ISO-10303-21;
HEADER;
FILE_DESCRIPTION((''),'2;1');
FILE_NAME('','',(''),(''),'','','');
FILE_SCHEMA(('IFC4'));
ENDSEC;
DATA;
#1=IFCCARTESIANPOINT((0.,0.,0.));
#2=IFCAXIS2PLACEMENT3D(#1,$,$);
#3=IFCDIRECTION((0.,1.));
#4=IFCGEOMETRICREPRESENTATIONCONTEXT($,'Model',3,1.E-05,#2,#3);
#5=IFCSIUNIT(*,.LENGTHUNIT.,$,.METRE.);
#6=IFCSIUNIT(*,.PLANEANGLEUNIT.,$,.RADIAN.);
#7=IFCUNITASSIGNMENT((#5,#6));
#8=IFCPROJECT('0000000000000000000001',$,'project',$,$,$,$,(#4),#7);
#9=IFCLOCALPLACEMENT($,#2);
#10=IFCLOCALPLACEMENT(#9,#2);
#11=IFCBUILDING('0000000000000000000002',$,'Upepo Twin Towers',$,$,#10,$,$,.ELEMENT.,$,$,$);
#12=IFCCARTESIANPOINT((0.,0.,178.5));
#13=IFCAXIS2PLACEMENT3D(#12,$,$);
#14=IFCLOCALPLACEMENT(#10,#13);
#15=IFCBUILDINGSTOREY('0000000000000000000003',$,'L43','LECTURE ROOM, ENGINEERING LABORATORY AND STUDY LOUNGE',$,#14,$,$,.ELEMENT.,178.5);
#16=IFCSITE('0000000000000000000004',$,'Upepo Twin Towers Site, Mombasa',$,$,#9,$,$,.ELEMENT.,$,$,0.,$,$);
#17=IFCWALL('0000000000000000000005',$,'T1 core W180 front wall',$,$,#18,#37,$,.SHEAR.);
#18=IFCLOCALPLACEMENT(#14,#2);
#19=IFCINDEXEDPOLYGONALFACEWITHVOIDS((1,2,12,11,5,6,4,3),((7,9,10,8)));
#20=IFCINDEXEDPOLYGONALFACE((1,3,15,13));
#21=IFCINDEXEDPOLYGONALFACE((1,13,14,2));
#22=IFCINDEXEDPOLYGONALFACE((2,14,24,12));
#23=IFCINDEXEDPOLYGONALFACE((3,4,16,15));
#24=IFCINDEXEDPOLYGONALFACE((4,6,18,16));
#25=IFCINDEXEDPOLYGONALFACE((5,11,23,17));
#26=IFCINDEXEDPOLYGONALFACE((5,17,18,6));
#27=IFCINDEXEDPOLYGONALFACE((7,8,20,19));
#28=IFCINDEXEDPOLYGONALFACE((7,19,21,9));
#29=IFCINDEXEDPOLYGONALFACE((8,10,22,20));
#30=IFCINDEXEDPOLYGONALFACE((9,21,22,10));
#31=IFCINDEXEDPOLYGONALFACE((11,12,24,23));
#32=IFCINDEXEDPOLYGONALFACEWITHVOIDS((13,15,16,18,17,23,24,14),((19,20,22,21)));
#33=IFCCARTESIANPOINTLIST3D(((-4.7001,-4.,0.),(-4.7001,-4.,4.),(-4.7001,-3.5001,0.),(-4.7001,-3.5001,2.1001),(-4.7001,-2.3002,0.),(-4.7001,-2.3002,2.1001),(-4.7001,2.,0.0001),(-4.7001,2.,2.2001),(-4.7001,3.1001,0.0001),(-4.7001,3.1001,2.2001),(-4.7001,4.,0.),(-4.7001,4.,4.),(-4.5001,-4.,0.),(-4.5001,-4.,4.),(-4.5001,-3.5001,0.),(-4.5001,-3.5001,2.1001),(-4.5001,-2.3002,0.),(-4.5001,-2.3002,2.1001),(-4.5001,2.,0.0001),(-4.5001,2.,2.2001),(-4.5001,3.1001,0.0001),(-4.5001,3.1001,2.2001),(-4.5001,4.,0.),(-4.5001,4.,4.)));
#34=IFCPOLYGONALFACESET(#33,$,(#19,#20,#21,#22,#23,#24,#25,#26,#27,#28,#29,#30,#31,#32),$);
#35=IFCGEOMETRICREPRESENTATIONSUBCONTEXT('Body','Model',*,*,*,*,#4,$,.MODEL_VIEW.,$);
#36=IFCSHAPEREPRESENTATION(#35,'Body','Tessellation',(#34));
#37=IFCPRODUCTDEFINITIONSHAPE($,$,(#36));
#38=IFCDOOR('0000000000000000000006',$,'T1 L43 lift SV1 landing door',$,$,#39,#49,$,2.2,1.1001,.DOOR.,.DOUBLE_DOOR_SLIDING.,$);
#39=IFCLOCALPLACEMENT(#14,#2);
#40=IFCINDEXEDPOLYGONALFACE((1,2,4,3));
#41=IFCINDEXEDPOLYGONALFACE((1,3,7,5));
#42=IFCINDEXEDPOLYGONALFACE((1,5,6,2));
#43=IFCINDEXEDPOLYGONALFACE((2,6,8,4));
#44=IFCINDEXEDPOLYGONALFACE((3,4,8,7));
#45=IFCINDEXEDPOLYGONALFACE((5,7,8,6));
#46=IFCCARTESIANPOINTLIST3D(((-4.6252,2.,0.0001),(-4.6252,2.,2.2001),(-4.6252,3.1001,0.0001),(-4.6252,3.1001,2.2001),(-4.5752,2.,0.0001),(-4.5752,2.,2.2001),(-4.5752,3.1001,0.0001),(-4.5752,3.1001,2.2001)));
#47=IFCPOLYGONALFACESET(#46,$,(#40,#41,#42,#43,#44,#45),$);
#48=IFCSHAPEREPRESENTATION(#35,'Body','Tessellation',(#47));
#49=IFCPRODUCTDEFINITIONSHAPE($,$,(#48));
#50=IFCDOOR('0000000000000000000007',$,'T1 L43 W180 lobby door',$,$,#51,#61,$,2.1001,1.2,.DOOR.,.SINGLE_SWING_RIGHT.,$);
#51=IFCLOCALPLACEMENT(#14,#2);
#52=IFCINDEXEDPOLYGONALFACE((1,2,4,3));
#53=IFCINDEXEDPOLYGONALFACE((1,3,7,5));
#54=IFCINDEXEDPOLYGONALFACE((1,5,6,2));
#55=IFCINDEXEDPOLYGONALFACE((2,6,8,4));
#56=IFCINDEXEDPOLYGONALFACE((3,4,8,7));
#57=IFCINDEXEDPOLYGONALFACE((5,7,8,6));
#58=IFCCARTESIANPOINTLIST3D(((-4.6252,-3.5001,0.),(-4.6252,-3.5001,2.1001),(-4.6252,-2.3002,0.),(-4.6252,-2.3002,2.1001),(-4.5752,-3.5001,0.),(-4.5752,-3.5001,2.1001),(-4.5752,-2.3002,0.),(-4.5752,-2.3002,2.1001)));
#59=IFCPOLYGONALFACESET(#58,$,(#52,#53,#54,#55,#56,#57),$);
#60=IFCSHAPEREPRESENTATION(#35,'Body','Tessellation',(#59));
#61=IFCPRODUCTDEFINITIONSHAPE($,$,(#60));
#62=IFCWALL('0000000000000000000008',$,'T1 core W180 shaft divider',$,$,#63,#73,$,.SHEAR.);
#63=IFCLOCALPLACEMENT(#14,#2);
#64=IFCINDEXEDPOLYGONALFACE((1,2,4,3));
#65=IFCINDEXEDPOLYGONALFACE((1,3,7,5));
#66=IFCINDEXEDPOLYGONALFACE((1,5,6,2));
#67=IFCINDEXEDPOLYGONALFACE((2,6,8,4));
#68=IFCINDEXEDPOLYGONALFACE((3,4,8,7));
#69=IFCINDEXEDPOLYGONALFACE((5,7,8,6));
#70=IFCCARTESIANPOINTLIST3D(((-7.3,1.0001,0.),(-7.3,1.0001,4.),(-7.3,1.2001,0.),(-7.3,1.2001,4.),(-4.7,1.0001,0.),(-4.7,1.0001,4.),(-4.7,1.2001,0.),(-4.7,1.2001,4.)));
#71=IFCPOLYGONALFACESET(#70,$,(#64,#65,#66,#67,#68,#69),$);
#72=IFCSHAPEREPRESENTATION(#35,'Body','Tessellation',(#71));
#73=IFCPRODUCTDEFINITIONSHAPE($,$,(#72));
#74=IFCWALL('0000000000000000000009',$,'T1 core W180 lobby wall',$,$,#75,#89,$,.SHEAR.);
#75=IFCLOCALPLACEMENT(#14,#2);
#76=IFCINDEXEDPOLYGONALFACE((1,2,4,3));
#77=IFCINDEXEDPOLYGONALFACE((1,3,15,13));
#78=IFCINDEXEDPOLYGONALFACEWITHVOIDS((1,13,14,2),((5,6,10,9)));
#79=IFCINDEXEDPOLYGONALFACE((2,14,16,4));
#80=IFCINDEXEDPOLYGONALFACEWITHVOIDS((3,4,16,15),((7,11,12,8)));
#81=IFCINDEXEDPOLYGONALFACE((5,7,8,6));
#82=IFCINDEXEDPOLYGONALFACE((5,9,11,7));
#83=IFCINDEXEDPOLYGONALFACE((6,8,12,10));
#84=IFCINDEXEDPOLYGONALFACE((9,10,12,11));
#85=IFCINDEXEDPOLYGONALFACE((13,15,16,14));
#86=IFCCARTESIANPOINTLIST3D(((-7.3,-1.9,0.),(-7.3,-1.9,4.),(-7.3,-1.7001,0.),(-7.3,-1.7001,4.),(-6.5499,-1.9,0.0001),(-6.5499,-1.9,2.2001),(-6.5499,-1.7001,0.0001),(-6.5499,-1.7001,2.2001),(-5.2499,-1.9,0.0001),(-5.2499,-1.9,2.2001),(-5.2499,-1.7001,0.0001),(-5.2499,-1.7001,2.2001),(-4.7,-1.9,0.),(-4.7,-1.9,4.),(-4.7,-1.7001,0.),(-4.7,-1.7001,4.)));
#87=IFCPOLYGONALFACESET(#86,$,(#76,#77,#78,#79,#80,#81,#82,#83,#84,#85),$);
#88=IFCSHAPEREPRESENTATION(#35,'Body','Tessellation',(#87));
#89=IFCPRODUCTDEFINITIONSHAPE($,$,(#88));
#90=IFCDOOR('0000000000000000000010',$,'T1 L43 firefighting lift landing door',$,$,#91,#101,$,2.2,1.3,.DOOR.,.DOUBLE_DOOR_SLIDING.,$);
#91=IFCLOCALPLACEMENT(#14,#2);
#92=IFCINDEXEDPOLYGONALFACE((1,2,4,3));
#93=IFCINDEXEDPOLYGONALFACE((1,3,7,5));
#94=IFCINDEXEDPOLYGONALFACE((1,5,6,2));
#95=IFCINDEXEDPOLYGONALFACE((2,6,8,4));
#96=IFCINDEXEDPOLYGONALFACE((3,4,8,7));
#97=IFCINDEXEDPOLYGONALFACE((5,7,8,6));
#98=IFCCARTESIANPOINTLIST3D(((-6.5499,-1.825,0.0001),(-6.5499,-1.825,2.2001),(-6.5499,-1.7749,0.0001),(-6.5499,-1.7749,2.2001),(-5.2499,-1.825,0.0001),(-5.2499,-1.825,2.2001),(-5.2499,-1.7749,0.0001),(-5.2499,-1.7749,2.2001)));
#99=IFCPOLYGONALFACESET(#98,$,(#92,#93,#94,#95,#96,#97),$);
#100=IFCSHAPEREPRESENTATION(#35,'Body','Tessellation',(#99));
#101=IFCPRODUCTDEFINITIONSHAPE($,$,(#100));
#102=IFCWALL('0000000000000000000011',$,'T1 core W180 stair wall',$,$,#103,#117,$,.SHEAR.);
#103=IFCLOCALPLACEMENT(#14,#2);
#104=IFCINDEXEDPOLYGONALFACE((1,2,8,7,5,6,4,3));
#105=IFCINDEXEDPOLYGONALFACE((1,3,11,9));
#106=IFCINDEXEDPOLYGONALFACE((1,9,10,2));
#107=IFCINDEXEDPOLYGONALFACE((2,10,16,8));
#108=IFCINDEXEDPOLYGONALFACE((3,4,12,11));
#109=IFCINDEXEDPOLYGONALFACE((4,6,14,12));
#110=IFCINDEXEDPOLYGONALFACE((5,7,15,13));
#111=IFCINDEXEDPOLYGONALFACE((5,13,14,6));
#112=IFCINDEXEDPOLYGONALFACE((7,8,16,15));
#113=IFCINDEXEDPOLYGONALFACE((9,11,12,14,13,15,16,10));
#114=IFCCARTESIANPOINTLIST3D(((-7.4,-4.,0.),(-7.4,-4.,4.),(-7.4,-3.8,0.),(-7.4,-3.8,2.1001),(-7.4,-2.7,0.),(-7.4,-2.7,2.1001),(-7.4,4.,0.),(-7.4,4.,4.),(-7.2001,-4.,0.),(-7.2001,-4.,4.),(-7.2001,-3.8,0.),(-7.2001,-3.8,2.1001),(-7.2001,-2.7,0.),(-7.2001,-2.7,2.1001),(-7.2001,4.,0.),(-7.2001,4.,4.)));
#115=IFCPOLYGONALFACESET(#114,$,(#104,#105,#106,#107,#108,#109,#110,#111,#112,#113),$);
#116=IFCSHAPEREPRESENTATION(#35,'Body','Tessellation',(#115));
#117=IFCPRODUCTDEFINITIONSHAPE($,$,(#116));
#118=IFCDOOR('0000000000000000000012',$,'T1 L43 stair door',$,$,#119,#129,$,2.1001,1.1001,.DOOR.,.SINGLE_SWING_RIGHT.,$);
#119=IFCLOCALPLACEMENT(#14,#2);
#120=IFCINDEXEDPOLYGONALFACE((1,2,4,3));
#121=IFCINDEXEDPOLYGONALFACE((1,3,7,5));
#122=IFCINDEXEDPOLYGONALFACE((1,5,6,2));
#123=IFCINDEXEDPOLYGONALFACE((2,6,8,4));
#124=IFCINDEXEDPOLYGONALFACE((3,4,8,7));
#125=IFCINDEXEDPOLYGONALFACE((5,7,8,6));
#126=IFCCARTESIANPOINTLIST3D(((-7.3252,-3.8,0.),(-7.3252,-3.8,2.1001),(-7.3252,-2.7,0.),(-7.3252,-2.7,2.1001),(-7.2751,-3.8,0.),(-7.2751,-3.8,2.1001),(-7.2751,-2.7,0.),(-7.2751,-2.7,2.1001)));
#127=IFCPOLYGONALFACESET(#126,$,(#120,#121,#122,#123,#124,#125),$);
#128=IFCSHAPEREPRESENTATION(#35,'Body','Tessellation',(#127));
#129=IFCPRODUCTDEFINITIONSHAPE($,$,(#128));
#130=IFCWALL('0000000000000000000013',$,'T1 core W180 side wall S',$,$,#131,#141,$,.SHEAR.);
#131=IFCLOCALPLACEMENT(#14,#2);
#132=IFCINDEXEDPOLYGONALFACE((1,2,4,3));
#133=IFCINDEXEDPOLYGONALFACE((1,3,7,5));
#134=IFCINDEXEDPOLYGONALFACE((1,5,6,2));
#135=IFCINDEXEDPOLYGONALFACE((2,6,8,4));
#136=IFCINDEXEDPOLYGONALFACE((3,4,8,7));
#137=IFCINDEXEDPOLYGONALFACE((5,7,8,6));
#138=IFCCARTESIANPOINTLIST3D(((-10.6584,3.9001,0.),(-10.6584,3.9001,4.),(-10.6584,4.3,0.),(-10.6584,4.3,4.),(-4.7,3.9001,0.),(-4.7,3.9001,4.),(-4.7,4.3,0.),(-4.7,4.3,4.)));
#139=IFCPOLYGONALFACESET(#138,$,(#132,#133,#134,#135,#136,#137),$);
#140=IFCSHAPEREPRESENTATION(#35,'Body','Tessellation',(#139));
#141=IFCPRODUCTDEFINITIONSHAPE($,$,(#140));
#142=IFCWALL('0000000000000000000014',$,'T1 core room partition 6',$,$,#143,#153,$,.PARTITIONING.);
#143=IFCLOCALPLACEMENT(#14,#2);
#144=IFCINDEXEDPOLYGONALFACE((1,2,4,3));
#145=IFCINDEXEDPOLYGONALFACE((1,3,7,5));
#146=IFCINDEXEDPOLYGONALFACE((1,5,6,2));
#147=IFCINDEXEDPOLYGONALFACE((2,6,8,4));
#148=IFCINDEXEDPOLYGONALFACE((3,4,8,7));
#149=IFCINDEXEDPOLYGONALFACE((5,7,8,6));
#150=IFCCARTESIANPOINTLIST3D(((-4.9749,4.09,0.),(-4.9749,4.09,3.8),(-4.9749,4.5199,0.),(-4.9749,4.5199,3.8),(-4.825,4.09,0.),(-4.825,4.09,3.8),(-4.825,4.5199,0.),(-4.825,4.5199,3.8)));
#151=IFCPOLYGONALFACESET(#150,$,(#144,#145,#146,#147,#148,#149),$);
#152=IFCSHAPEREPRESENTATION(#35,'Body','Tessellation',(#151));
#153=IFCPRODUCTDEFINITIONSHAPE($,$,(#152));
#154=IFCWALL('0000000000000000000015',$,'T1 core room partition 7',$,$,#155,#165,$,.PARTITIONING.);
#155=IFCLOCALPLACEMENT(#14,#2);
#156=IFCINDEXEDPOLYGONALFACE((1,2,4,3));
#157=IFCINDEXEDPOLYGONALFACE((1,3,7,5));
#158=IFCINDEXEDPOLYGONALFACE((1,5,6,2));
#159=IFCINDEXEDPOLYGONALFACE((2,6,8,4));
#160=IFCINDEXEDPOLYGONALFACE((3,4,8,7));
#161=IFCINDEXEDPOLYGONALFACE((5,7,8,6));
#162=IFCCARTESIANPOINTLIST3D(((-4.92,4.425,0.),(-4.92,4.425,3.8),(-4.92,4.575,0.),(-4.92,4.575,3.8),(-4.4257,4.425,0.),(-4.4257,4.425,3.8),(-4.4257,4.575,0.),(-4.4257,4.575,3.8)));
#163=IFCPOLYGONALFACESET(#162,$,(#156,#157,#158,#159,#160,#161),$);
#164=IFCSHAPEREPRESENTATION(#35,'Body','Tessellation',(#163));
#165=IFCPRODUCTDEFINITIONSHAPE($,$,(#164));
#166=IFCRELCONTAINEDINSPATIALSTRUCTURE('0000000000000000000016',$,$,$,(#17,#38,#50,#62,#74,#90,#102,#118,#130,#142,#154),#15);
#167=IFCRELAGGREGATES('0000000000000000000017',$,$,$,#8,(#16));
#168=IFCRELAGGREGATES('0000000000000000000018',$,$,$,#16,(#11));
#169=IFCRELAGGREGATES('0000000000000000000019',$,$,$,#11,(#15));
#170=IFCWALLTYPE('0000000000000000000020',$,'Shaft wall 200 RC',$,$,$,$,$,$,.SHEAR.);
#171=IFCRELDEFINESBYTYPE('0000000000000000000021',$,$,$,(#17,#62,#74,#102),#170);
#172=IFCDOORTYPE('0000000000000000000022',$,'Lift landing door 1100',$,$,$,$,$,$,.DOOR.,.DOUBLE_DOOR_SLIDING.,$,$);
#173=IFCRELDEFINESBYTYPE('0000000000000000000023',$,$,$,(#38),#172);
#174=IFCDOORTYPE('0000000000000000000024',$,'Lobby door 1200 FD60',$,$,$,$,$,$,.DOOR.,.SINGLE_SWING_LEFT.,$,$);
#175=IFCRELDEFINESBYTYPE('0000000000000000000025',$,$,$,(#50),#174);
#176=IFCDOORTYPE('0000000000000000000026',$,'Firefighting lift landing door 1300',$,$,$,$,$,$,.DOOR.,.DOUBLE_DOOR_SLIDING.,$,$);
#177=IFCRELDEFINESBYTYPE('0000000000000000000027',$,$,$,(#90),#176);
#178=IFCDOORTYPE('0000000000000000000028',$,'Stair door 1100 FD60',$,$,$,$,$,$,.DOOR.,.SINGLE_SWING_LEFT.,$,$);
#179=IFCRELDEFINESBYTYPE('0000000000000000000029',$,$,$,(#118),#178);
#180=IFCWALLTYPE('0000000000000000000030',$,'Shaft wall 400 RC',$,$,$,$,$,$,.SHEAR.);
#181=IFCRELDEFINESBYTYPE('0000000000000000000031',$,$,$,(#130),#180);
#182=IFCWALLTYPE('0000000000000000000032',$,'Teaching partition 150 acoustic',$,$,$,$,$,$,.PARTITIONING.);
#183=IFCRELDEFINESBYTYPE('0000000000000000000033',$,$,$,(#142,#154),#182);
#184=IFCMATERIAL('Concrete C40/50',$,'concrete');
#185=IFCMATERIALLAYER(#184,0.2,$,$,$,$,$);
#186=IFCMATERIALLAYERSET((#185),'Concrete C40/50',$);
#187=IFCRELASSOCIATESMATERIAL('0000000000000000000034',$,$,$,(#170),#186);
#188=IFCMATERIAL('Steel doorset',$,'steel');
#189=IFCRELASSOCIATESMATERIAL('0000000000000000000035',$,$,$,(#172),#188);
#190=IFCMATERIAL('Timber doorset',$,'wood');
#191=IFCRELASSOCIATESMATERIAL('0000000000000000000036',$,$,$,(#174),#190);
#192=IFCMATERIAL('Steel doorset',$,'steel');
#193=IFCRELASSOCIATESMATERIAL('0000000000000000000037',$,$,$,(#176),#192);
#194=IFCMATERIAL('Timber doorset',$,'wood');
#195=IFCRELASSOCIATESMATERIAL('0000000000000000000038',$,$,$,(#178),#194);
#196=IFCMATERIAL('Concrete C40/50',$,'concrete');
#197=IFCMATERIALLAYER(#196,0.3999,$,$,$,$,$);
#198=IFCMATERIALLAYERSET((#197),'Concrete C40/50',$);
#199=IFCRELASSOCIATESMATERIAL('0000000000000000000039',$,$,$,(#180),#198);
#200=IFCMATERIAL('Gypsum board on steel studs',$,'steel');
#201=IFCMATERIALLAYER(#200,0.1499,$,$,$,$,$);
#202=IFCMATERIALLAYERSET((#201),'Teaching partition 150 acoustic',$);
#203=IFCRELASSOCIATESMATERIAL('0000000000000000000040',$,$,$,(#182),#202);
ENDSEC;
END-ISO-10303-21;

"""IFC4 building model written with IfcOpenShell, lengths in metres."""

from ifc_helpers import new_model, si_unit, direction, frame, frame_2d, origin, place, context, subcontext, project, spatial, rectangle, extrude, material, layer, layer_set, type_object, element, fill, save


model = new_model("IFC4")

# Units and contexts
model_context = context("Model", 3, precision=1e-05, world=origin(), true_north=direction((0.0, 1.0)))
body_context = subcontext(model_context, "Body", "Model", "MODEL_VIEW")
ifc_project = project(units=[si_unit("LENGTHUNIT", "METRE"), si_unit("PLANEANGLEUNIT", "RADIAN")], contexts=[model_context])

# Site, building, storey
site_placement = place(None, origin())
site = spatial("IfcSite", under=ifc_project, at=site_placement, Name="Upepo Twin Towers Site, Mombasa", CompositionType="ELEMENT", RefElevation=0.0)
building_placement = place(site_placement, origin())
building = spatial("IfcBuilding", under=site, at=building_placement, Name="Upepo Twin Towers", CompositionType="ELEMENT")
storey_placement = place(building_placement, frame((0.0, 0.0, 178.5)))
storey = spatial("IfcBuildingStorey", under=building, at=storey_placement, Name="L43", Description="LECTURE ROOM, ENGINEERING LABORATORY AND STUDY LOUNGE", CompositionType="ELEMENT", Elevation=178.5)

# Wall, openings, doors
ifc_material_1 = material(Name="Concrete C40/50", Category="concrete")
ifc_layer_1 = layer(ifc_material_1, 0.2)
ifc_layer_set_1 = layer_set([ifc_layer_1], Name="Concrete C40/50")
wall_type_1 = type_object("IfcWallType", Name="Shaft wall 200 RC", PredefinedType="SHEAR", material=ifc_layer_set_1)
wall_1_placement = place(storey_placement, frame((-4.6001, 4.0, 0.0), z_axis=(0.0, 0.0, 1.0), x_axis=(0.0, -1.0, 0.0)))
wall_1 = element("IfcWall", 1, at=wall_1_placement, inside=storey, type_object=wall_type_1, Name="T1 core W180 front wall", PredefinedType="SHEAR", context=body_context, shape_type="SweptSolid", body=[
    extrude(rectangle(XDim=8.0, YDim=0.2, at=frame_2d((4.0, 0.0))), origin(), (0.0, 0.0, 1.0), 4.0),
])
opening_1_placement = place(wall_1_placement, frame((6.3, 0.0, 0.0)))
opening_1 = element("IfcOpeningElement", 2, at=opening_1_placement, cuts=wall_1, PredefinedType="OPENING", context=body_context, shape_type="SweptSolid", body=[
    extrude(rectangle(XDim=1.2, YDim=2.1001, at=frame_2d((0.6001, 1.05))), frame((0.0, 0.1099, 0.0), z_axis=(0.0, -1.0, 0.0), x_axis=(1.0, 0.0, 0.0)), (0.0, 0.0, 1.0), 0.22),
])
opening_2_placement = place(wall_1_placement, frame((0.8999, 0.0, 0.0)))
opening_2 = element("IfcOpeningElement", 3, at=opening_2_placement, cuts=wall_1, PredefinedType="OPENING", context=body_context, shape_type="SweptSolid", body=[
    extrude(rectangle(XDim=1.1001, YDim=2.2, at=frame_2d((0.55, 1.1001))), frame((0.0, 0.1099, 0.0), z_axis=(0.0, -1.0, 0.0), x_axis=(1.0, 0.0, 0.0)), (0.0, 0.0, 1.0), 0.22),
])
ifc_material_2 = material(Name="Steel doorset", Category="steel")
door_type_1 = type_object("IfcDoorType", Name="Lift landing door 1100", OperationType="DOUBLE_DOOR_SLIDING", PredefinedType="DOOR", material=ifc_material_2)
door_1_placement = place(opening_2_placement, origin())
door_1 = element("IfcDoor", 4, at=door_1_placement, inside=storey, type_object=door_type_1, Name="T1 L43 lift SV1 landing door", OperationType="DOUBLE_DOOR_SLIDING", OverallHeight=2.2, OverallWidth=1.1001, PredefinedType="DOOR", context=body_context, shape_type="SweptSolid", body=[
    extrude(rectangle(XDim=1.1001, YDim=2.2, at=frame_2d((0.55, 1.1001))), frame((0.0, 0.0249, 0.0), z_axis=(0.0, -1.0, 0.0), x_axis=(1.0, 0.0, 0.0)), (0.0, 0.0, 1.0), 0.05),
])
fill(opening_2, door_1)
ifc_material_3 = material(Name="Timber doorset", Category="wood")
door_type_2 = type_object("IfcDoorType", Name="Lobby door 1200 FD60", OperationType="SINGLE_SWING_LEFT", PredefinedType="DOOR", material=ifc_material_3)
door_2_placement = place(opening_1_placement, origin())
door_2 = element("IfcDoor", 5, at=door_2_placement, inside=storey, type_object=door_type_2, Name="T1 L43 W180 lobby door", OperationType="SINGLE_SWING_RIGHT", OverallHeight=2.1001, OverallWidth=1.2, PredefinedType="DOOR", context=body_context, shape_type="SweptSolid", body=[
    extrude(rectangle(XDim=1.2, YDim=2.1001, at=frame_2d((0.6001, 1.05))), frame((0.0, 0.0249, 0.0), z_axis=(0.0, -1.0, 0.0), x_axis=(1.0, 0.0, 0.0)), (0.0, 0.0, 1.0), 0.05),
])
fill(opening_1, door_2)

# Wall
wall_2_placement = place(storey_placement, frame((-4.7, 1.1001, 0.0), z_axis=(0.0, 0.0, 1.0), x_axis=(-1.0, 0.0, 0.0)))
element("IfcWall", 6, at=wall_2_placement, inside=storey, type_object=wall_type_1, Name="T1 core W180 shaft divider", PredefinedType="SHEAR", context=body_context, shape_type="SweptSolid", body=[
    extrude(rectangle(XDim=2.6001, YDim=0.2, at=frame_2d((1.3, 0.0))), origin(), (0.0, 0.0, 1.0), 4.0),
])

# Walls, openings, doors
wall_3_placement = place(storey_placement, frame((-4.7, -1.8, 0.0), z_axis=(0.0, 0.0, 1.0), x_axis=(-1.0, 0.0, 0.0)))
wall_3 = element("IfcWall", 7, at=wall_3_placement, inside=storey, type_object=wall_type_1, Name="T1 core W180 lobby wall", PredefinedType="SHEAR", context=body_context, shape_type="SweptSolid", body=[
    extrude(rectangle(XDim=2.6001, YDim=0.2, at=frame_2d((1.3, 0.0))), origin(), (0.0, 0.0, 1.0), 4.0),
])
opening_3_placement = place(wall_3_placement, frame((0.55, 0.0, 0.0)))
opening_3 = element("IfcOpeningElement", 8, at=opening_3_placement, cuts=wall_3, PredefinedType="OPENING", context=body_context, shape_type="SweptSolid", body=[
    extrude(rectangle(XDim=1.3, YDim=2.2, at=frame_2d((0.6499, 1.1001))), frame((0.0, 0.1099, 0.0), z_axis=(0.0, -1.0, 0.0), x_axis=(1.0, 0.0, 0.0)), (0.0, 0.0, 1.0), 0.22),
])
ifc_material_4 = material(Name="Steel doorset", Category="steel")
door_type_3 = type_object("IfcDoorType", Name="Firefighting lift landing door 1300", OperationType="DOUBLE_DOOR_SLIDING", PredefinedType="DOOR", material=ifc_material_4)
door_3_placement = place(opening_3_placement, origin())
door_3 = element("IfcDoor", 9, at=door_3_placement, inside=storey, type_object=door_type_3, Name="T1 L43 firefighting lift landing door", OperationType="DOUBLE_DOOR_SLIDING", OverallHeight=2.2, OverallWidth=1.3, PredefinedType="DOOR", context=body_context, shape_type="SweptSolid", body=[
    extrude(rectangle(XDim=1.3, YDim=2.2, at=frame_2d((0.6499, 1.1001))), frame((0.0, 0.0249, 0.0), z_axis=(0.0, -1.0, 0.0), x_axis=(1.0, 0.0, 0.0)), (0.0, 0.0, 1.0), 0.05),
])
fill(opening_3, door_3)
wall_4_placement = place(storey_placement, frame((-7.3, 4.0, 0.0), z_axis=(0.0, 0.0, 1.0), x_axis=(0.0, -1.0, 0.0)))
wall_4 = element("IfcWall", 10, at=wall_4_placement, inside=storey, type_object=wall_type_1, Name="T1 core W180 stair wall", PredefinedType="SHEAR", context=body_context, shape_type="SweptSolid", body=[
    extrude(rectangle(XDim=8.0, YDim=0.2, at=frame_2d((4.0, 0.0))), origin(), (0.0, 0.0, 1.0), 4.0),
])
opening_4_placement = place(wall_4_placement, frame((6.7, 0.0, 0.0)))
opening_4 = element("IfcOpeningElement", 11, at=opening_4_placement, cuts=wall_4, PredefinedType="OPENING", context=body_context, shape_type="SweptSolid", body=[
    extrude(rectangle(XDim=1.1001, YDim=2.1001, at=frame_2d((0.55, 1.05))), frame((0.0, 0.1099, 0.0), z_axis=(0.0, -1.0, 0.0), x_axis=(1.0, 0.0, 0.0)), (0.0, 0.0, 1.0), 0.22),
])
ifc_material_5 = material(Name="Timber doorset", Category="wood")
door_type_4 = type_object("IfcDoorType", Name="Stair door 1100 FD60", OperationType="SINGLE_SWING_LEFT", PredefinedType="DOOR", material=ifc_material_5)
door_4_placement = place(opening_4_placement, origin())
door_4 = element("IfcDoor", 12, at=door_4_placement, inside=storey, type_object=door_type_4, Name="T1 L43 stair door", OperationType="SINGLE_SWING_RIGHT", OverallHeight=2.1001, OverallWidth=1.1001, PredefinedType="DOOR", context=body_context, shape_type="SweptSolid", body=[
    extrude(rectangle(XDim=1.1001, YDim=2.1001, at=frame_2d((0.55, 1.05))), frame((0.0, 0.0249, 0.0), z_axis=(0.0, -1.0, 0.0), x_axis=(1.0, 0.0, 0.0)), (0.0, 0.0, 1.0), 0.05),
])
fill(opening_4, door_4)

# Walls
ifc_material_6 = material(Name="Concrete C40/50", Category="concrete")
ifc_layer_2 = layer(ifc_material_6, 0.3999)
ifc_layer_set_2 = layer_set([ifc_layer_2], Name="Concrete C40/50")
wall_type_2 = type_object("IfcWallType", Name="Shaft wall 400 RC", PredefinedType="SHEAR", material=ifc_layer_set_2)
wall_5_placement = place(storey_placement, frame((-4.7, 4.1001, 0.0), z_axis=(0.0, 0.0, 1.0), x_axis=(-1.0, 0.0, 0.0)))
element("IfcWall", 13, at=wall_5_placement, inside=storey, type_object=wall_type_2, Name="T1 core W180 side wall S", PredefinedType="SHEAR", context=body_context, shape_type="SweptSolid", body=[
    extrude(rectangle(XDim=5.9585, YDim=0.3999, at=frame_2d((2.9792, 0.0))), origin(), (0.0, 0.0, 1.0), 4.0),
])
ifc_material_7 = material(Name="Gypsum board on steel studs", Category="steel")
ifc_layer_3 = layer(ifc_material_7, 0.1499)
ifc_layer_set_3 = layer_set([ifc_layer_3], Name="Teaching partition 150 acoustic")
wall_type_3 = type_object("IfcWallType", Name="Teaching partition 150 acoustic", PredefinedType="PARTITIONING", material=ifc_layer_set_3)
wall_6_placement = place(storey_placement, frame((-4.8999, 4.0901, 0.0), z_axis=(0.0, 0.0, 1.0), x_axis=(0.0, 1.0, 0.0)))
element("IfcWall", 14, at=wall_6_placement, inside=storey, type_object=wall_type_3, Name="T1 core room partition 6", PredefinedType="PARTITIONING", context=body_context, shape_type="SweptSolid", body=[
    extrude(rectangle(XDim=0.4299, YDim=0.1499, at=frame_2d((0.2148, 0.0))), origin(), (0.0, 0.0, 1.0), 3.8),
])
wall_7_placement = place(storey_placement, frame((-4.9199, 4.5, 0.0), z_axis=(0.0, 0.0, 1.0), x_axis=(1.0, 0.0, 0.0)))
element("IfcWall", 15, at=wall_7_placement, inside=storey, type_object=wall_type_3, Name="T1 core room partition 7", PredefinedType="PARTITIONING", context=body_context, shape_type="SweptSolid", body=[
    extrude(rectangle(XDim=0.4944, YDim=0.1499, at=frame_2d((0.2471, 0.0))), origin(), (0.0, 0.0, 1.0), 3.8),
])

save(model, "model.ifc")
